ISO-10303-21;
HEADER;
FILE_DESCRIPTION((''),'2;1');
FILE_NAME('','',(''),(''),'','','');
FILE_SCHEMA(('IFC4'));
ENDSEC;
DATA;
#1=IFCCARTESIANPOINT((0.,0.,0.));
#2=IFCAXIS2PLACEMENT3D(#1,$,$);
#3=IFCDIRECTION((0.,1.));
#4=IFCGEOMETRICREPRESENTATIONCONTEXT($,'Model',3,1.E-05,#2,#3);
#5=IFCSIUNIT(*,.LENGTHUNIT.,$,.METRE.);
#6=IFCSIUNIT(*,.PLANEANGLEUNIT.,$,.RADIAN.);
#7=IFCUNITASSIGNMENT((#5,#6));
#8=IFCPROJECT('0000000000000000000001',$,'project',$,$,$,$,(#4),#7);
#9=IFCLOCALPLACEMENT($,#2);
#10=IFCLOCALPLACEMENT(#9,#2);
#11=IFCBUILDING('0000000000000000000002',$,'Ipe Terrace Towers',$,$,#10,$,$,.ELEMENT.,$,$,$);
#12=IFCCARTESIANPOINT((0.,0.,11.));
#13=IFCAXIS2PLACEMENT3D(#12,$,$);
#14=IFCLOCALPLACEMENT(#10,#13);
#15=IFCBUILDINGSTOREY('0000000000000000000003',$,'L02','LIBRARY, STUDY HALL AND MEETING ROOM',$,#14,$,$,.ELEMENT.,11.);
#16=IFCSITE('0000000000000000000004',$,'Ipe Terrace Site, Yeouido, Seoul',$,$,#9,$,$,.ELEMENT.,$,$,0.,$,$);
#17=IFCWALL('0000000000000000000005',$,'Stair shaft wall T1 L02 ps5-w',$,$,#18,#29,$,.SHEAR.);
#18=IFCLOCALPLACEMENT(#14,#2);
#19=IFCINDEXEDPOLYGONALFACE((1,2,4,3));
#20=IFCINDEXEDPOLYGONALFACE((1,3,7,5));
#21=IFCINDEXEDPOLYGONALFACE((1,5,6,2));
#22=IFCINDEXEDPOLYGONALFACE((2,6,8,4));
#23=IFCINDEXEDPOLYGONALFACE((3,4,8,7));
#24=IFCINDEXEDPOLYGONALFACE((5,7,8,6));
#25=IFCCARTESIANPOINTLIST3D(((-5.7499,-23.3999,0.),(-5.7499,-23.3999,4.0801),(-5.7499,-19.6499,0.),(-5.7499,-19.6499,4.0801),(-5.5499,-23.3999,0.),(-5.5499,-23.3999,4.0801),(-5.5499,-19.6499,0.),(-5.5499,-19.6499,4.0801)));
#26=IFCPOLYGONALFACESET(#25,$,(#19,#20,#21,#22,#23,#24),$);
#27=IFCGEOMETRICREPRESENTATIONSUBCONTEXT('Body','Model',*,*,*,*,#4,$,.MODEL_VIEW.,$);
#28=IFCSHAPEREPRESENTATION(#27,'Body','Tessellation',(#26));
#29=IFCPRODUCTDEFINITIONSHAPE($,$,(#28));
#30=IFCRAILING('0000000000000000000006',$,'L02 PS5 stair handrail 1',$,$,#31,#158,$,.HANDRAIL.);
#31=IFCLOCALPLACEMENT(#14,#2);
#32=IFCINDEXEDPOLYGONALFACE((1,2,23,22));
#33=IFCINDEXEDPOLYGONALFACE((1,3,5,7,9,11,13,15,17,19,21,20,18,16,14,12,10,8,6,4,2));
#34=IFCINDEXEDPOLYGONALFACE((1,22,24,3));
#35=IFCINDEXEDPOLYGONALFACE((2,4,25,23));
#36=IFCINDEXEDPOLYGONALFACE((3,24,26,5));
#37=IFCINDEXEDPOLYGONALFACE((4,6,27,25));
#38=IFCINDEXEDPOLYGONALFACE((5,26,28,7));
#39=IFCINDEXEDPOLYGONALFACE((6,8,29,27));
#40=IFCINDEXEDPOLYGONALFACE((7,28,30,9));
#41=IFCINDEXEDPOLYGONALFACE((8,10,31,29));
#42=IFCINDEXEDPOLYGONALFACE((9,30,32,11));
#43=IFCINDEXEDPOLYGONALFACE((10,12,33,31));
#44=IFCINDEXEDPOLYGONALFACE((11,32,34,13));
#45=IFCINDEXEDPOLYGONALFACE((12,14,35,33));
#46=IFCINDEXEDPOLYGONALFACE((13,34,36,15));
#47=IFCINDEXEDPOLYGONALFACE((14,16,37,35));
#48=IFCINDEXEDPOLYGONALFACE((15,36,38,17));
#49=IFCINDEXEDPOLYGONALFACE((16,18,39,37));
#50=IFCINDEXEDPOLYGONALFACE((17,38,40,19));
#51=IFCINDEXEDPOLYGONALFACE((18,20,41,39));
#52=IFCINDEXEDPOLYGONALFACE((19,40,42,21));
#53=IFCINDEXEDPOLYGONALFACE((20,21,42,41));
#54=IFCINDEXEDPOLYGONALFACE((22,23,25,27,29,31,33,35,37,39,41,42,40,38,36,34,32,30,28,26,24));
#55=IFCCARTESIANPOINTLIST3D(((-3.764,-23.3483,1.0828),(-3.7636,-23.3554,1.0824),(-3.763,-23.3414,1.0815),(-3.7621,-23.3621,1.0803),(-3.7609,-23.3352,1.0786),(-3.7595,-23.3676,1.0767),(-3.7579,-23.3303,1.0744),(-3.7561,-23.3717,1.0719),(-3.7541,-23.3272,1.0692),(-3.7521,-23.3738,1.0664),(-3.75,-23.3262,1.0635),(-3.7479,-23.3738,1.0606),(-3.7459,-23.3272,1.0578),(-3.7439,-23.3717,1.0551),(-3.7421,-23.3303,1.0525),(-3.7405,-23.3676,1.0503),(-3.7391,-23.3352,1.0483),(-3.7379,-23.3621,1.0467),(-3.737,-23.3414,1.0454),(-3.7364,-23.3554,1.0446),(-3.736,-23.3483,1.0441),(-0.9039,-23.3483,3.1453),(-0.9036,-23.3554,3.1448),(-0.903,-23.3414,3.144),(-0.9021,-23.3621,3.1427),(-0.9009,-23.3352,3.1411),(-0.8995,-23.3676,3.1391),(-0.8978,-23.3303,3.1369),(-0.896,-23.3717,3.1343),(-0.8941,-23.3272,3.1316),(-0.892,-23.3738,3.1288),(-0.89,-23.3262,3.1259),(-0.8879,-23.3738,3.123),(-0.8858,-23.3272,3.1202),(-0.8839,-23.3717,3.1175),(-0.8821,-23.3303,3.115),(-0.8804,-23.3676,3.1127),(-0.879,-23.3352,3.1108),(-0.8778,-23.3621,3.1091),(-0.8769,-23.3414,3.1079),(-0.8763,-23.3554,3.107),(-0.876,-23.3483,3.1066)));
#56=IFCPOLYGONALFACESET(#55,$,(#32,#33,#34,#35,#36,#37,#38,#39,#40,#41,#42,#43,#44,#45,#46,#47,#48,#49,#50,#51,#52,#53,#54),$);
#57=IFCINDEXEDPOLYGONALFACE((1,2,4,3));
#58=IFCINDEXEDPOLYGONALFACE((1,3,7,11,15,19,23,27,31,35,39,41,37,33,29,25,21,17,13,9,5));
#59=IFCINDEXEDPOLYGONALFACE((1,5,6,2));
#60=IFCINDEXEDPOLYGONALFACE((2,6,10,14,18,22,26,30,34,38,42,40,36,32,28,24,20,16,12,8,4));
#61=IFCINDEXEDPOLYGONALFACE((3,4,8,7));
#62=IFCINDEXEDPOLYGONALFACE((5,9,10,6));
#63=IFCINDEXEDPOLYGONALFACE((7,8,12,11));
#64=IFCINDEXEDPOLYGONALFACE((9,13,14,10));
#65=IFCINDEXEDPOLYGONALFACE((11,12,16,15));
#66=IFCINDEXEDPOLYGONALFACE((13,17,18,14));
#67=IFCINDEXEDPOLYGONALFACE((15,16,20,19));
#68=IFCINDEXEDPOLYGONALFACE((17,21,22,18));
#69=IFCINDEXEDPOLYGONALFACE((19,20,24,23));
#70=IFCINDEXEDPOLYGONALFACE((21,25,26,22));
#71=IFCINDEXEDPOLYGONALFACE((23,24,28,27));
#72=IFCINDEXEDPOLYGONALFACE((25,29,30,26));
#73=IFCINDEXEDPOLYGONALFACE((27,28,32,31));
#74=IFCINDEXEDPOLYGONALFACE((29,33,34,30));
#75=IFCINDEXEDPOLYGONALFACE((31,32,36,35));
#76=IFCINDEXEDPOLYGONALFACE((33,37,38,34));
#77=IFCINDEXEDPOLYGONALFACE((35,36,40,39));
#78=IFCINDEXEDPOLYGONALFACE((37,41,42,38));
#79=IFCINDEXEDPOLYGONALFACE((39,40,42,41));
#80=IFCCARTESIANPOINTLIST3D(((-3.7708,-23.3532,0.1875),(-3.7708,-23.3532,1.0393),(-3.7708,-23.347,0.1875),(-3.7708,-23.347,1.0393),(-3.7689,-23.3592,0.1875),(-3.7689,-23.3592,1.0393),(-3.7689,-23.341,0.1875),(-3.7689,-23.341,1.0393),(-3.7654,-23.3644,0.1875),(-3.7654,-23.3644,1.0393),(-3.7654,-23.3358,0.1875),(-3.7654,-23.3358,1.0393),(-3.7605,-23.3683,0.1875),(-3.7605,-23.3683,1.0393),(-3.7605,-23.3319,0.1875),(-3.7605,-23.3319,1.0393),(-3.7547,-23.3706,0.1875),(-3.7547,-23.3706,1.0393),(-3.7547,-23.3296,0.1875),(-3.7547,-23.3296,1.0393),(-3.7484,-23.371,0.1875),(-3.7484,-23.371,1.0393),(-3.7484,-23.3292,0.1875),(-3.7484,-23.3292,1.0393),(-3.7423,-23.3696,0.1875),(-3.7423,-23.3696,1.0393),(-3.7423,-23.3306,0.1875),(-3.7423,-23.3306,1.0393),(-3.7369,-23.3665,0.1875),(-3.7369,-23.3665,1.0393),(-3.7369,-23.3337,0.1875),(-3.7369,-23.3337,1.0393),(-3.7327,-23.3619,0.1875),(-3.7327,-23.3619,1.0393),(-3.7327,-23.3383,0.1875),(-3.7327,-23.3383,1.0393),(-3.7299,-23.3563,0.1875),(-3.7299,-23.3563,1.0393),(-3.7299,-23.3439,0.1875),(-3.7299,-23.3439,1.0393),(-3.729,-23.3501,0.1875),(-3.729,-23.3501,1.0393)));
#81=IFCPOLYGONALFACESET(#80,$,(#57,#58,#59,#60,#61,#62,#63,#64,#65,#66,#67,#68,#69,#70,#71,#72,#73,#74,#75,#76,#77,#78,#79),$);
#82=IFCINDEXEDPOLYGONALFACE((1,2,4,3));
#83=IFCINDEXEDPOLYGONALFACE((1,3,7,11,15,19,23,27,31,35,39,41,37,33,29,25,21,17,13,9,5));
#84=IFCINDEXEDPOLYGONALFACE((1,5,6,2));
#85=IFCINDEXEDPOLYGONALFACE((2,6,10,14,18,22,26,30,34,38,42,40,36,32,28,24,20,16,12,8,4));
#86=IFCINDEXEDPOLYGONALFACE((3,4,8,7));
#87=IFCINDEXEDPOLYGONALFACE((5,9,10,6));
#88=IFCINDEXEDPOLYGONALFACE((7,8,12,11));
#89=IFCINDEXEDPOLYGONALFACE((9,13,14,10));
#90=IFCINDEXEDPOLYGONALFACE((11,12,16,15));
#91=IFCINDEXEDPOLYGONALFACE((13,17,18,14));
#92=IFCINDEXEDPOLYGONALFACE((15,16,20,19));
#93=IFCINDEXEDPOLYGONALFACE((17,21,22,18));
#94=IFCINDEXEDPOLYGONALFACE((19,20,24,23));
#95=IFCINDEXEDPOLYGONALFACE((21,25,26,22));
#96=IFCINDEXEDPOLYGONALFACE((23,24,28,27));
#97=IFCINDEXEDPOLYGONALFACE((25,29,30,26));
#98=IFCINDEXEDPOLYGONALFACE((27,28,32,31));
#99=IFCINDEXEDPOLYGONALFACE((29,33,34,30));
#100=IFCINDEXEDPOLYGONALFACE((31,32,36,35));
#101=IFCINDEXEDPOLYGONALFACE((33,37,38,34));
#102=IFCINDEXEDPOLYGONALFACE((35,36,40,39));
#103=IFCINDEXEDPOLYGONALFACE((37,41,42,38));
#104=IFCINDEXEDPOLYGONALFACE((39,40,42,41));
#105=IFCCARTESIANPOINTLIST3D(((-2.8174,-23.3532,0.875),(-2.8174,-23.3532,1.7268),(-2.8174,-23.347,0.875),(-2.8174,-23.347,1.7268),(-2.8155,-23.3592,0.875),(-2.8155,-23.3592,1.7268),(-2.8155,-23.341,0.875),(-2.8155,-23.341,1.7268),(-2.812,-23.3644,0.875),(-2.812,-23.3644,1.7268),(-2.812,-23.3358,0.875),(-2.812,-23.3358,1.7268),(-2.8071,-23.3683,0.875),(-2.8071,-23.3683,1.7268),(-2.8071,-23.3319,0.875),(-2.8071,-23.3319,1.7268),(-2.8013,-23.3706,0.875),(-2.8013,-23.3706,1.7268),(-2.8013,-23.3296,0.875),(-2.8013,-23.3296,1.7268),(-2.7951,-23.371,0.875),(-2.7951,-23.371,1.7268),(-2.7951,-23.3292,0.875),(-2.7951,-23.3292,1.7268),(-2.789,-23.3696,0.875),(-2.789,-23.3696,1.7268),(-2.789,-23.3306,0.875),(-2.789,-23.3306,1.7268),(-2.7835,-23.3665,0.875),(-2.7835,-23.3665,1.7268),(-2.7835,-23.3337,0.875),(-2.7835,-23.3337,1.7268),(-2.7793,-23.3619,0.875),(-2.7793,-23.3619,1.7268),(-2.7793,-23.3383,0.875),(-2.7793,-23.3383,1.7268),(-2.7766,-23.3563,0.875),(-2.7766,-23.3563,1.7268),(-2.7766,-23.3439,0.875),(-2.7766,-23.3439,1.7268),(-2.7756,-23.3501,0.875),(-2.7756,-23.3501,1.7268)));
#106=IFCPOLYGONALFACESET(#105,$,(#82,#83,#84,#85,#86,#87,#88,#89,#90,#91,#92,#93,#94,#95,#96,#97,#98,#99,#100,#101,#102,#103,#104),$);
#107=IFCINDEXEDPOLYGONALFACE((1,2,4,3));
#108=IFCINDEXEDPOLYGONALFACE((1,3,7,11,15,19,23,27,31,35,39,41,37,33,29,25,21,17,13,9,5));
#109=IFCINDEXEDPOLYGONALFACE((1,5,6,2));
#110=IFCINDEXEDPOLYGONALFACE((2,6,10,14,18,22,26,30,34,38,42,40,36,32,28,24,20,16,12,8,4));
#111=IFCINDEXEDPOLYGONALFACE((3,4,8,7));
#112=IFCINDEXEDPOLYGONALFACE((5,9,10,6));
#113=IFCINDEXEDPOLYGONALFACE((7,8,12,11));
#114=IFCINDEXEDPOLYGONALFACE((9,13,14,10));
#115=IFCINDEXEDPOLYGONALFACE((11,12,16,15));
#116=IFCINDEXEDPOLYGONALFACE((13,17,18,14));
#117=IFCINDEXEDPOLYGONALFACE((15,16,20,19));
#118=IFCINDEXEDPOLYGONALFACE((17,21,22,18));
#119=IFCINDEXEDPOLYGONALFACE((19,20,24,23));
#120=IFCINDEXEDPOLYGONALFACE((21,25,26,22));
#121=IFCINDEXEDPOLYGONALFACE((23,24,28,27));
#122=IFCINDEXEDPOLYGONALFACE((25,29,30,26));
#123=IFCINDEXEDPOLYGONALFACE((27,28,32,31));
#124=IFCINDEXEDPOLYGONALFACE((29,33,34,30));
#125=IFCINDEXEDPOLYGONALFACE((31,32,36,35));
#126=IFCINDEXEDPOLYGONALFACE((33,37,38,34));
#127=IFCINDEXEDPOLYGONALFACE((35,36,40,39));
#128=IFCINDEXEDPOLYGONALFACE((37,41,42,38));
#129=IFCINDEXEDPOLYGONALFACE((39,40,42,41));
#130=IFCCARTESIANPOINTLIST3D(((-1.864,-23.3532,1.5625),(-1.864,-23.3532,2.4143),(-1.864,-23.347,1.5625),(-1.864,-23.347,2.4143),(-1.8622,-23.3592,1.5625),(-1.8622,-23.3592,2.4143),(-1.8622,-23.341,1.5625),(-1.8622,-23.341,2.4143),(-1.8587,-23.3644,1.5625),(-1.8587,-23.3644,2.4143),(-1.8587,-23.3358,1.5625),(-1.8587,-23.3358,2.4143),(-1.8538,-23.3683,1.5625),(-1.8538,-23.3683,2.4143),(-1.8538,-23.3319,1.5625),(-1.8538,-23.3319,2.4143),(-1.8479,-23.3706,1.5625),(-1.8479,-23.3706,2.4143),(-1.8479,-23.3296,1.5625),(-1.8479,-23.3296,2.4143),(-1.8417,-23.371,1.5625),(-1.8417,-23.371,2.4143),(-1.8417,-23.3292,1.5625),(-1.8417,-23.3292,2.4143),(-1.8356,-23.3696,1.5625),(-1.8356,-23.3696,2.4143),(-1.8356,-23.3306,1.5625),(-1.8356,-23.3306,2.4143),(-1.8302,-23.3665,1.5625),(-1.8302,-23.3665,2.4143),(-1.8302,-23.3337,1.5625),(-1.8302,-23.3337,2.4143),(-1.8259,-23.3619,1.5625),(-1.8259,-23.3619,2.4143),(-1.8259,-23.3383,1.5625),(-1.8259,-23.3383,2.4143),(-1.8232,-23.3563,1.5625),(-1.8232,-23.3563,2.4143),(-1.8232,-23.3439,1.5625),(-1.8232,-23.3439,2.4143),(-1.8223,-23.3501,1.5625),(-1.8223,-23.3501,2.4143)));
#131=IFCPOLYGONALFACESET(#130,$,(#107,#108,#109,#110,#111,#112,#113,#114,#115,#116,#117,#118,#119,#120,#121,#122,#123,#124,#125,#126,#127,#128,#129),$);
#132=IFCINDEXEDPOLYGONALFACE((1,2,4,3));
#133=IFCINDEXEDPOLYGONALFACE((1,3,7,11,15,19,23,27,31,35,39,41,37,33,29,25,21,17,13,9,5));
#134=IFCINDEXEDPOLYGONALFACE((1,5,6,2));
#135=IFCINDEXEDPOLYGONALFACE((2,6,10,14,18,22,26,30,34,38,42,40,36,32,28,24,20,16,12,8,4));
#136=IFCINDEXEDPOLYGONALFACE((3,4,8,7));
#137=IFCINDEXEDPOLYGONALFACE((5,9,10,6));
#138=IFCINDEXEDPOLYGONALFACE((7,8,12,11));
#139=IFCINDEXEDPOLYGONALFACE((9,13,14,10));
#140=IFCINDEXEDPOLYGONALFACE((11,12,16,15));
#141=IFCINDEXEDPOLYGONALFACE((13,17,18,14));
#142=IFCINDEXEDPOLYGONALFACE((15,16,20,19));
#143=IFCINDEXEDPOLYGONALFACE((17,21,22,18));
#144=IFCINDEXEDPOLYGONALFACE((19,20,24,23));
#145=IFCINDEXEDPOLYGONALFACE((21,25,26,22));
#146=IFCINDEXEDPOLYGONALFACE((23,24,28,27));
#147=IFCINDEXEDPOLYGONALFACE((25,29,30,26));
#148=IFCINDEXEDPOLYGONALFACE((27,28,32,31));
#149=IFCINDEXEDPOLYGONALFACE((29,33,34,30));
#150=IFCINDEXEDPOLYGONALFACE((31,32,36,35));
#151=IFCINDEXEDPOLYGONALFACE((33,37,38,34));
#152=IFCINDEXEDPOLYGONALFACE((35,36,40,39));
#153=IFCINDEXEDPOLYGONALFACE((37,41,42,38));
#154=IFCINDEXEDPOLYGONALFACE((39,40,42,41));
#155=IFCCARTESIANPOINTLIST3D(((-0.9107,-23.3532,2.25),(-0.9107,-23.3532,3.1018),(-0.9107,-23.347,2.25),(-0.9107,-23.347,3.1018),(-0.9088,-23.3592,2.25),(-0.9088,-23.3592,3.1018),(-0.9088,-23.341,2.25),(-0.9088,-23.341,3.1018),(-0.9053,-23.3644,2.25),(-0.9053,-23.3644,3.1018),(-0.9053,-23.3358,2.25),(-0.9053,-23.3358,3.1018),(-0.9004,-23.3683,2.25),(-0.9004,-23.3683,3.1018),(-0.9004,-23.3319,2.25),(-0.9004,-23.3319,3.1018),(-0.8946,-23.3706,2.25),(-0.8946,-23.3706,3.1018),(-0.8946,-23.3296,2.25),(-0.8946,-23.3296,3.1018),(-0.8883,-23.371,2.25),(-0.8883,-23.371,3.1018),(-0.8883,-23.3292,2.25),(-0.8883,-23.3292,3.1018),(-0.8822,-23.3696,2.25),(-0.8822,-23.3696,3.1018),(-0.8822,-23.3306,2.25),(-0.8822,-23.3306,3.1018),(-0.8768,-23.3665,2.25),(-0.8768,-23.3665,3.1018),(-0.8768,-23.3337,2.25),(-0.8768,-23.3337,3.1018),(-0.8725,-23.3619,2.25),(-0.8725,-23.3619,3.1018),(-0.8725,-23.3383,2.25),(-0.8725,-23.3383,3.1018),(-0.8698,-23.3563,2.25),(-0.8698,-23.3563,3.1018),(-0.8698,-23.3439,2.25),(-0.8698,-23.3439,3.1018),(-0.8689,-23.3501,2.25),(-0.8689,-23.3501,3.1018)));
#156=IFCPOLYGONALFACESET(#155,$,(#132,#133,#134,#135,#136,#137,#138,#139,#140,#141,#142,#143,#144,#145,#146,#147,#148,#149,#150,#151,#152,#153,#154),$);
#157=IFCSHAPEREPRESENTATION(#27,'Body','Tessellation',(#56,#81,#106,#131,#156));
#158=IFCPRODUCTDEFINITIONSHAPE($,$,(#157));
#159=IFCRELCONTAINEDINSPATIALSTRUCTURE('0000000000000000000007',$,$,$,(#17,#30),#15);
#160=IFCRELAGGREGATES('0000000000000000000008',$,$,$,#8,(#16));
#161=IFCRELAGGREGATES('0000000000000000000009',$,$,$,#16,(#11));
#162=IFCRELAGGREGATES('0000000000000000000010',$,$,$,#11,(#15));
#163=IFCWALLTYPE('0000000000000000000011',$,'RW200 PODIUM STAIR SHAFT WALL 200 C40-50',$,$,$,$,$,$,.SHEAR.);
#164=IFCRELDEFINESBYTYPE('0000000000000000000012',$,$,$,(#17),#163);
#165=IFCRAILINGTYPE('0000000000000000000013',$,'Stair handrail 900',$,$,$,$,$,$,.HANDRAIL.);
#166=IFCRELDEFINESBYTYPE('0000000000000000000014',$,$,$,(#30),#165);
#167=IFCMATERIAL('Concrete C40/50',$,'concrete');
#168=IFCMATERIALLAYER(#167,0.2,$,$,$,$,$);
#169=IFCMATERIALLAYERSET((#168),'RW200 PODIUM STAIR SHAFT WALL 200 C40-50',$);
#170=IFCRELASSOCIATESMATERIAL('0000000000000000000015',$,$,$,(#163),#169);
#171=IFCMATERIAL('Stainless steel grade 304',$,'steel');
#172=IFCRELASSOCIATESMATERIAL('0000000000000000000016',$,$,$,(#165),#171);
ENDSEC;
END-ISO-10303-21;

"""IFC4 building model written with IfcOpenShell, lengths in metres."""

from ifc_helpers import new_model, si_unit, direction, frame, frame_2d, origin, origin_2d, place, context, subcontext, project, spatial, rectangle, circle, extrude, material, layer, layer_set, type_object, element, save


model = new_model("IFC4")

# Units and contexts
model_context = context("Model", 3, precision=1e-05, world=origin(), true_north=direction((0.0, 1.0)))
body_context = subcontext(model_context, "Body", "Model", "MODEL_VIEW")
ifc_project = project(units=[si_unit("LENGTHUNIT", "METRE"), si_unit("PLANEANGLEUNIT", "RADIAN")], contexts=[model_context])

# Site, building, storey
site_placement = place(None, origin())
site = spatial("IfcSite", under=ifc_project, at=site_placement, Name="Ipe Terrace Site, Yeouido, Seoul", CompositionType="ELEMENT", RefElevation=0.0)
building_placement = place(site_placement, origin())
building = spatial("IfcBuilding", under=site, at=building_placement, Name="Ipe Terrace Towers", CompositionType="ELEMENT")
storey_placement = place(building_placement, frame((0.0, 0.0, 11.0)))
storey = spatial("IfcBuildingStorey", under=building, at=storey_placement, Name="L02", Description="LIBRARY, STUDY HALL AND MEETING ROOM", CompositionType="ELEMENT", Elevation=11.0)

# Shared definitions
ifc_material_1 = material(Name="Concrete C40/50", Category="concrete")
ifc_layer_1 = layer(ifc_material_1, 0.2)
ifc_layer_set_1 = layer_set([ifc_layer_1], Name="RW200 PODIUM STAIR SHAFT WALL 200 C40-50")
wall_type_1 = type_object("IfcWallType", Name="RW200 PODIUM STAIR SHAFT WALL 200 C40-50", PredefinedType="SHEAR", material=ifc_layer_set_1)

# Wall
wall_1_placement = place(storey_placement, frame((-5.6499, -23.3999, 0.0), z_axis=(0.0, 0.0, 1.0), x_axis=(0.0, 1.0, 0.0)))
element("IfcWall", 1, at=wall_1_placement, inside=storey, type_object=wall_type_1, Name="Stair shaft wall T1 L02 ps5-w", PredefinedType="SHEAR", context=body_context, shape_type="SweptSolid", body=[
    extrude(rectangle(XDim=3.75, YDim=0.2, at=frame_2d((1.875, 0.0))), origin(), (0.0, 0.0, 1.0), 4.0801),
])

# Railing
ifc_material_2 = material(Name="Stainless steel grade 304", Category="steel")
railing_type_1 = type_object("IfcRailingType", Name="Stair handrail 900", PredefinedType="HANDRAIL", material=ifc_material_2)
railing_1_placement = place(storey_placement, frame((-3.75, -23.3501, 0.1875)))
element("IfcRailing", 2, at=railing_1_placement, inside=storey, type_object=railing_type_1, Name="L02 PS5 stair handrail 1", PredefinedType="HANDRAIL", context=body_context, shape_type="SweptSolid", body=[
    extrude(circle(Radius=0.0239, at=origin_2d()), frame((0.0, 0.0, 0.876), z_axis=(0.811101, 0.0, 0.584906), x_axis=(0.0, 1.0, 0.0)), (0.0, 0.0, 1.0), 3.5261),
    extrude(circle(Radius=0.021, at=origin_2d()), origin(), (0.0, 0.0, 1.0), 0.8518),
    extrude(circle(Radius=0.021, at=origin_2d()), frame((0.9534, 0.0, 0.6875)), (0.0, 0.0, 1.0), 0.8518),
    extrude(circle(Radius=0.021, at=origin_2d()), frame((1.9067, 0.0, 1.375)), (0.0, 0.0, 1.0), 0.8518),
    extrude(circle(Radius=0.021, at=origin_2d()), frame((2.8601, 0.0, 2.0625)), (0.0, 0.0, 1.0), 0.8518),
])

save(model, "model.ifc")
